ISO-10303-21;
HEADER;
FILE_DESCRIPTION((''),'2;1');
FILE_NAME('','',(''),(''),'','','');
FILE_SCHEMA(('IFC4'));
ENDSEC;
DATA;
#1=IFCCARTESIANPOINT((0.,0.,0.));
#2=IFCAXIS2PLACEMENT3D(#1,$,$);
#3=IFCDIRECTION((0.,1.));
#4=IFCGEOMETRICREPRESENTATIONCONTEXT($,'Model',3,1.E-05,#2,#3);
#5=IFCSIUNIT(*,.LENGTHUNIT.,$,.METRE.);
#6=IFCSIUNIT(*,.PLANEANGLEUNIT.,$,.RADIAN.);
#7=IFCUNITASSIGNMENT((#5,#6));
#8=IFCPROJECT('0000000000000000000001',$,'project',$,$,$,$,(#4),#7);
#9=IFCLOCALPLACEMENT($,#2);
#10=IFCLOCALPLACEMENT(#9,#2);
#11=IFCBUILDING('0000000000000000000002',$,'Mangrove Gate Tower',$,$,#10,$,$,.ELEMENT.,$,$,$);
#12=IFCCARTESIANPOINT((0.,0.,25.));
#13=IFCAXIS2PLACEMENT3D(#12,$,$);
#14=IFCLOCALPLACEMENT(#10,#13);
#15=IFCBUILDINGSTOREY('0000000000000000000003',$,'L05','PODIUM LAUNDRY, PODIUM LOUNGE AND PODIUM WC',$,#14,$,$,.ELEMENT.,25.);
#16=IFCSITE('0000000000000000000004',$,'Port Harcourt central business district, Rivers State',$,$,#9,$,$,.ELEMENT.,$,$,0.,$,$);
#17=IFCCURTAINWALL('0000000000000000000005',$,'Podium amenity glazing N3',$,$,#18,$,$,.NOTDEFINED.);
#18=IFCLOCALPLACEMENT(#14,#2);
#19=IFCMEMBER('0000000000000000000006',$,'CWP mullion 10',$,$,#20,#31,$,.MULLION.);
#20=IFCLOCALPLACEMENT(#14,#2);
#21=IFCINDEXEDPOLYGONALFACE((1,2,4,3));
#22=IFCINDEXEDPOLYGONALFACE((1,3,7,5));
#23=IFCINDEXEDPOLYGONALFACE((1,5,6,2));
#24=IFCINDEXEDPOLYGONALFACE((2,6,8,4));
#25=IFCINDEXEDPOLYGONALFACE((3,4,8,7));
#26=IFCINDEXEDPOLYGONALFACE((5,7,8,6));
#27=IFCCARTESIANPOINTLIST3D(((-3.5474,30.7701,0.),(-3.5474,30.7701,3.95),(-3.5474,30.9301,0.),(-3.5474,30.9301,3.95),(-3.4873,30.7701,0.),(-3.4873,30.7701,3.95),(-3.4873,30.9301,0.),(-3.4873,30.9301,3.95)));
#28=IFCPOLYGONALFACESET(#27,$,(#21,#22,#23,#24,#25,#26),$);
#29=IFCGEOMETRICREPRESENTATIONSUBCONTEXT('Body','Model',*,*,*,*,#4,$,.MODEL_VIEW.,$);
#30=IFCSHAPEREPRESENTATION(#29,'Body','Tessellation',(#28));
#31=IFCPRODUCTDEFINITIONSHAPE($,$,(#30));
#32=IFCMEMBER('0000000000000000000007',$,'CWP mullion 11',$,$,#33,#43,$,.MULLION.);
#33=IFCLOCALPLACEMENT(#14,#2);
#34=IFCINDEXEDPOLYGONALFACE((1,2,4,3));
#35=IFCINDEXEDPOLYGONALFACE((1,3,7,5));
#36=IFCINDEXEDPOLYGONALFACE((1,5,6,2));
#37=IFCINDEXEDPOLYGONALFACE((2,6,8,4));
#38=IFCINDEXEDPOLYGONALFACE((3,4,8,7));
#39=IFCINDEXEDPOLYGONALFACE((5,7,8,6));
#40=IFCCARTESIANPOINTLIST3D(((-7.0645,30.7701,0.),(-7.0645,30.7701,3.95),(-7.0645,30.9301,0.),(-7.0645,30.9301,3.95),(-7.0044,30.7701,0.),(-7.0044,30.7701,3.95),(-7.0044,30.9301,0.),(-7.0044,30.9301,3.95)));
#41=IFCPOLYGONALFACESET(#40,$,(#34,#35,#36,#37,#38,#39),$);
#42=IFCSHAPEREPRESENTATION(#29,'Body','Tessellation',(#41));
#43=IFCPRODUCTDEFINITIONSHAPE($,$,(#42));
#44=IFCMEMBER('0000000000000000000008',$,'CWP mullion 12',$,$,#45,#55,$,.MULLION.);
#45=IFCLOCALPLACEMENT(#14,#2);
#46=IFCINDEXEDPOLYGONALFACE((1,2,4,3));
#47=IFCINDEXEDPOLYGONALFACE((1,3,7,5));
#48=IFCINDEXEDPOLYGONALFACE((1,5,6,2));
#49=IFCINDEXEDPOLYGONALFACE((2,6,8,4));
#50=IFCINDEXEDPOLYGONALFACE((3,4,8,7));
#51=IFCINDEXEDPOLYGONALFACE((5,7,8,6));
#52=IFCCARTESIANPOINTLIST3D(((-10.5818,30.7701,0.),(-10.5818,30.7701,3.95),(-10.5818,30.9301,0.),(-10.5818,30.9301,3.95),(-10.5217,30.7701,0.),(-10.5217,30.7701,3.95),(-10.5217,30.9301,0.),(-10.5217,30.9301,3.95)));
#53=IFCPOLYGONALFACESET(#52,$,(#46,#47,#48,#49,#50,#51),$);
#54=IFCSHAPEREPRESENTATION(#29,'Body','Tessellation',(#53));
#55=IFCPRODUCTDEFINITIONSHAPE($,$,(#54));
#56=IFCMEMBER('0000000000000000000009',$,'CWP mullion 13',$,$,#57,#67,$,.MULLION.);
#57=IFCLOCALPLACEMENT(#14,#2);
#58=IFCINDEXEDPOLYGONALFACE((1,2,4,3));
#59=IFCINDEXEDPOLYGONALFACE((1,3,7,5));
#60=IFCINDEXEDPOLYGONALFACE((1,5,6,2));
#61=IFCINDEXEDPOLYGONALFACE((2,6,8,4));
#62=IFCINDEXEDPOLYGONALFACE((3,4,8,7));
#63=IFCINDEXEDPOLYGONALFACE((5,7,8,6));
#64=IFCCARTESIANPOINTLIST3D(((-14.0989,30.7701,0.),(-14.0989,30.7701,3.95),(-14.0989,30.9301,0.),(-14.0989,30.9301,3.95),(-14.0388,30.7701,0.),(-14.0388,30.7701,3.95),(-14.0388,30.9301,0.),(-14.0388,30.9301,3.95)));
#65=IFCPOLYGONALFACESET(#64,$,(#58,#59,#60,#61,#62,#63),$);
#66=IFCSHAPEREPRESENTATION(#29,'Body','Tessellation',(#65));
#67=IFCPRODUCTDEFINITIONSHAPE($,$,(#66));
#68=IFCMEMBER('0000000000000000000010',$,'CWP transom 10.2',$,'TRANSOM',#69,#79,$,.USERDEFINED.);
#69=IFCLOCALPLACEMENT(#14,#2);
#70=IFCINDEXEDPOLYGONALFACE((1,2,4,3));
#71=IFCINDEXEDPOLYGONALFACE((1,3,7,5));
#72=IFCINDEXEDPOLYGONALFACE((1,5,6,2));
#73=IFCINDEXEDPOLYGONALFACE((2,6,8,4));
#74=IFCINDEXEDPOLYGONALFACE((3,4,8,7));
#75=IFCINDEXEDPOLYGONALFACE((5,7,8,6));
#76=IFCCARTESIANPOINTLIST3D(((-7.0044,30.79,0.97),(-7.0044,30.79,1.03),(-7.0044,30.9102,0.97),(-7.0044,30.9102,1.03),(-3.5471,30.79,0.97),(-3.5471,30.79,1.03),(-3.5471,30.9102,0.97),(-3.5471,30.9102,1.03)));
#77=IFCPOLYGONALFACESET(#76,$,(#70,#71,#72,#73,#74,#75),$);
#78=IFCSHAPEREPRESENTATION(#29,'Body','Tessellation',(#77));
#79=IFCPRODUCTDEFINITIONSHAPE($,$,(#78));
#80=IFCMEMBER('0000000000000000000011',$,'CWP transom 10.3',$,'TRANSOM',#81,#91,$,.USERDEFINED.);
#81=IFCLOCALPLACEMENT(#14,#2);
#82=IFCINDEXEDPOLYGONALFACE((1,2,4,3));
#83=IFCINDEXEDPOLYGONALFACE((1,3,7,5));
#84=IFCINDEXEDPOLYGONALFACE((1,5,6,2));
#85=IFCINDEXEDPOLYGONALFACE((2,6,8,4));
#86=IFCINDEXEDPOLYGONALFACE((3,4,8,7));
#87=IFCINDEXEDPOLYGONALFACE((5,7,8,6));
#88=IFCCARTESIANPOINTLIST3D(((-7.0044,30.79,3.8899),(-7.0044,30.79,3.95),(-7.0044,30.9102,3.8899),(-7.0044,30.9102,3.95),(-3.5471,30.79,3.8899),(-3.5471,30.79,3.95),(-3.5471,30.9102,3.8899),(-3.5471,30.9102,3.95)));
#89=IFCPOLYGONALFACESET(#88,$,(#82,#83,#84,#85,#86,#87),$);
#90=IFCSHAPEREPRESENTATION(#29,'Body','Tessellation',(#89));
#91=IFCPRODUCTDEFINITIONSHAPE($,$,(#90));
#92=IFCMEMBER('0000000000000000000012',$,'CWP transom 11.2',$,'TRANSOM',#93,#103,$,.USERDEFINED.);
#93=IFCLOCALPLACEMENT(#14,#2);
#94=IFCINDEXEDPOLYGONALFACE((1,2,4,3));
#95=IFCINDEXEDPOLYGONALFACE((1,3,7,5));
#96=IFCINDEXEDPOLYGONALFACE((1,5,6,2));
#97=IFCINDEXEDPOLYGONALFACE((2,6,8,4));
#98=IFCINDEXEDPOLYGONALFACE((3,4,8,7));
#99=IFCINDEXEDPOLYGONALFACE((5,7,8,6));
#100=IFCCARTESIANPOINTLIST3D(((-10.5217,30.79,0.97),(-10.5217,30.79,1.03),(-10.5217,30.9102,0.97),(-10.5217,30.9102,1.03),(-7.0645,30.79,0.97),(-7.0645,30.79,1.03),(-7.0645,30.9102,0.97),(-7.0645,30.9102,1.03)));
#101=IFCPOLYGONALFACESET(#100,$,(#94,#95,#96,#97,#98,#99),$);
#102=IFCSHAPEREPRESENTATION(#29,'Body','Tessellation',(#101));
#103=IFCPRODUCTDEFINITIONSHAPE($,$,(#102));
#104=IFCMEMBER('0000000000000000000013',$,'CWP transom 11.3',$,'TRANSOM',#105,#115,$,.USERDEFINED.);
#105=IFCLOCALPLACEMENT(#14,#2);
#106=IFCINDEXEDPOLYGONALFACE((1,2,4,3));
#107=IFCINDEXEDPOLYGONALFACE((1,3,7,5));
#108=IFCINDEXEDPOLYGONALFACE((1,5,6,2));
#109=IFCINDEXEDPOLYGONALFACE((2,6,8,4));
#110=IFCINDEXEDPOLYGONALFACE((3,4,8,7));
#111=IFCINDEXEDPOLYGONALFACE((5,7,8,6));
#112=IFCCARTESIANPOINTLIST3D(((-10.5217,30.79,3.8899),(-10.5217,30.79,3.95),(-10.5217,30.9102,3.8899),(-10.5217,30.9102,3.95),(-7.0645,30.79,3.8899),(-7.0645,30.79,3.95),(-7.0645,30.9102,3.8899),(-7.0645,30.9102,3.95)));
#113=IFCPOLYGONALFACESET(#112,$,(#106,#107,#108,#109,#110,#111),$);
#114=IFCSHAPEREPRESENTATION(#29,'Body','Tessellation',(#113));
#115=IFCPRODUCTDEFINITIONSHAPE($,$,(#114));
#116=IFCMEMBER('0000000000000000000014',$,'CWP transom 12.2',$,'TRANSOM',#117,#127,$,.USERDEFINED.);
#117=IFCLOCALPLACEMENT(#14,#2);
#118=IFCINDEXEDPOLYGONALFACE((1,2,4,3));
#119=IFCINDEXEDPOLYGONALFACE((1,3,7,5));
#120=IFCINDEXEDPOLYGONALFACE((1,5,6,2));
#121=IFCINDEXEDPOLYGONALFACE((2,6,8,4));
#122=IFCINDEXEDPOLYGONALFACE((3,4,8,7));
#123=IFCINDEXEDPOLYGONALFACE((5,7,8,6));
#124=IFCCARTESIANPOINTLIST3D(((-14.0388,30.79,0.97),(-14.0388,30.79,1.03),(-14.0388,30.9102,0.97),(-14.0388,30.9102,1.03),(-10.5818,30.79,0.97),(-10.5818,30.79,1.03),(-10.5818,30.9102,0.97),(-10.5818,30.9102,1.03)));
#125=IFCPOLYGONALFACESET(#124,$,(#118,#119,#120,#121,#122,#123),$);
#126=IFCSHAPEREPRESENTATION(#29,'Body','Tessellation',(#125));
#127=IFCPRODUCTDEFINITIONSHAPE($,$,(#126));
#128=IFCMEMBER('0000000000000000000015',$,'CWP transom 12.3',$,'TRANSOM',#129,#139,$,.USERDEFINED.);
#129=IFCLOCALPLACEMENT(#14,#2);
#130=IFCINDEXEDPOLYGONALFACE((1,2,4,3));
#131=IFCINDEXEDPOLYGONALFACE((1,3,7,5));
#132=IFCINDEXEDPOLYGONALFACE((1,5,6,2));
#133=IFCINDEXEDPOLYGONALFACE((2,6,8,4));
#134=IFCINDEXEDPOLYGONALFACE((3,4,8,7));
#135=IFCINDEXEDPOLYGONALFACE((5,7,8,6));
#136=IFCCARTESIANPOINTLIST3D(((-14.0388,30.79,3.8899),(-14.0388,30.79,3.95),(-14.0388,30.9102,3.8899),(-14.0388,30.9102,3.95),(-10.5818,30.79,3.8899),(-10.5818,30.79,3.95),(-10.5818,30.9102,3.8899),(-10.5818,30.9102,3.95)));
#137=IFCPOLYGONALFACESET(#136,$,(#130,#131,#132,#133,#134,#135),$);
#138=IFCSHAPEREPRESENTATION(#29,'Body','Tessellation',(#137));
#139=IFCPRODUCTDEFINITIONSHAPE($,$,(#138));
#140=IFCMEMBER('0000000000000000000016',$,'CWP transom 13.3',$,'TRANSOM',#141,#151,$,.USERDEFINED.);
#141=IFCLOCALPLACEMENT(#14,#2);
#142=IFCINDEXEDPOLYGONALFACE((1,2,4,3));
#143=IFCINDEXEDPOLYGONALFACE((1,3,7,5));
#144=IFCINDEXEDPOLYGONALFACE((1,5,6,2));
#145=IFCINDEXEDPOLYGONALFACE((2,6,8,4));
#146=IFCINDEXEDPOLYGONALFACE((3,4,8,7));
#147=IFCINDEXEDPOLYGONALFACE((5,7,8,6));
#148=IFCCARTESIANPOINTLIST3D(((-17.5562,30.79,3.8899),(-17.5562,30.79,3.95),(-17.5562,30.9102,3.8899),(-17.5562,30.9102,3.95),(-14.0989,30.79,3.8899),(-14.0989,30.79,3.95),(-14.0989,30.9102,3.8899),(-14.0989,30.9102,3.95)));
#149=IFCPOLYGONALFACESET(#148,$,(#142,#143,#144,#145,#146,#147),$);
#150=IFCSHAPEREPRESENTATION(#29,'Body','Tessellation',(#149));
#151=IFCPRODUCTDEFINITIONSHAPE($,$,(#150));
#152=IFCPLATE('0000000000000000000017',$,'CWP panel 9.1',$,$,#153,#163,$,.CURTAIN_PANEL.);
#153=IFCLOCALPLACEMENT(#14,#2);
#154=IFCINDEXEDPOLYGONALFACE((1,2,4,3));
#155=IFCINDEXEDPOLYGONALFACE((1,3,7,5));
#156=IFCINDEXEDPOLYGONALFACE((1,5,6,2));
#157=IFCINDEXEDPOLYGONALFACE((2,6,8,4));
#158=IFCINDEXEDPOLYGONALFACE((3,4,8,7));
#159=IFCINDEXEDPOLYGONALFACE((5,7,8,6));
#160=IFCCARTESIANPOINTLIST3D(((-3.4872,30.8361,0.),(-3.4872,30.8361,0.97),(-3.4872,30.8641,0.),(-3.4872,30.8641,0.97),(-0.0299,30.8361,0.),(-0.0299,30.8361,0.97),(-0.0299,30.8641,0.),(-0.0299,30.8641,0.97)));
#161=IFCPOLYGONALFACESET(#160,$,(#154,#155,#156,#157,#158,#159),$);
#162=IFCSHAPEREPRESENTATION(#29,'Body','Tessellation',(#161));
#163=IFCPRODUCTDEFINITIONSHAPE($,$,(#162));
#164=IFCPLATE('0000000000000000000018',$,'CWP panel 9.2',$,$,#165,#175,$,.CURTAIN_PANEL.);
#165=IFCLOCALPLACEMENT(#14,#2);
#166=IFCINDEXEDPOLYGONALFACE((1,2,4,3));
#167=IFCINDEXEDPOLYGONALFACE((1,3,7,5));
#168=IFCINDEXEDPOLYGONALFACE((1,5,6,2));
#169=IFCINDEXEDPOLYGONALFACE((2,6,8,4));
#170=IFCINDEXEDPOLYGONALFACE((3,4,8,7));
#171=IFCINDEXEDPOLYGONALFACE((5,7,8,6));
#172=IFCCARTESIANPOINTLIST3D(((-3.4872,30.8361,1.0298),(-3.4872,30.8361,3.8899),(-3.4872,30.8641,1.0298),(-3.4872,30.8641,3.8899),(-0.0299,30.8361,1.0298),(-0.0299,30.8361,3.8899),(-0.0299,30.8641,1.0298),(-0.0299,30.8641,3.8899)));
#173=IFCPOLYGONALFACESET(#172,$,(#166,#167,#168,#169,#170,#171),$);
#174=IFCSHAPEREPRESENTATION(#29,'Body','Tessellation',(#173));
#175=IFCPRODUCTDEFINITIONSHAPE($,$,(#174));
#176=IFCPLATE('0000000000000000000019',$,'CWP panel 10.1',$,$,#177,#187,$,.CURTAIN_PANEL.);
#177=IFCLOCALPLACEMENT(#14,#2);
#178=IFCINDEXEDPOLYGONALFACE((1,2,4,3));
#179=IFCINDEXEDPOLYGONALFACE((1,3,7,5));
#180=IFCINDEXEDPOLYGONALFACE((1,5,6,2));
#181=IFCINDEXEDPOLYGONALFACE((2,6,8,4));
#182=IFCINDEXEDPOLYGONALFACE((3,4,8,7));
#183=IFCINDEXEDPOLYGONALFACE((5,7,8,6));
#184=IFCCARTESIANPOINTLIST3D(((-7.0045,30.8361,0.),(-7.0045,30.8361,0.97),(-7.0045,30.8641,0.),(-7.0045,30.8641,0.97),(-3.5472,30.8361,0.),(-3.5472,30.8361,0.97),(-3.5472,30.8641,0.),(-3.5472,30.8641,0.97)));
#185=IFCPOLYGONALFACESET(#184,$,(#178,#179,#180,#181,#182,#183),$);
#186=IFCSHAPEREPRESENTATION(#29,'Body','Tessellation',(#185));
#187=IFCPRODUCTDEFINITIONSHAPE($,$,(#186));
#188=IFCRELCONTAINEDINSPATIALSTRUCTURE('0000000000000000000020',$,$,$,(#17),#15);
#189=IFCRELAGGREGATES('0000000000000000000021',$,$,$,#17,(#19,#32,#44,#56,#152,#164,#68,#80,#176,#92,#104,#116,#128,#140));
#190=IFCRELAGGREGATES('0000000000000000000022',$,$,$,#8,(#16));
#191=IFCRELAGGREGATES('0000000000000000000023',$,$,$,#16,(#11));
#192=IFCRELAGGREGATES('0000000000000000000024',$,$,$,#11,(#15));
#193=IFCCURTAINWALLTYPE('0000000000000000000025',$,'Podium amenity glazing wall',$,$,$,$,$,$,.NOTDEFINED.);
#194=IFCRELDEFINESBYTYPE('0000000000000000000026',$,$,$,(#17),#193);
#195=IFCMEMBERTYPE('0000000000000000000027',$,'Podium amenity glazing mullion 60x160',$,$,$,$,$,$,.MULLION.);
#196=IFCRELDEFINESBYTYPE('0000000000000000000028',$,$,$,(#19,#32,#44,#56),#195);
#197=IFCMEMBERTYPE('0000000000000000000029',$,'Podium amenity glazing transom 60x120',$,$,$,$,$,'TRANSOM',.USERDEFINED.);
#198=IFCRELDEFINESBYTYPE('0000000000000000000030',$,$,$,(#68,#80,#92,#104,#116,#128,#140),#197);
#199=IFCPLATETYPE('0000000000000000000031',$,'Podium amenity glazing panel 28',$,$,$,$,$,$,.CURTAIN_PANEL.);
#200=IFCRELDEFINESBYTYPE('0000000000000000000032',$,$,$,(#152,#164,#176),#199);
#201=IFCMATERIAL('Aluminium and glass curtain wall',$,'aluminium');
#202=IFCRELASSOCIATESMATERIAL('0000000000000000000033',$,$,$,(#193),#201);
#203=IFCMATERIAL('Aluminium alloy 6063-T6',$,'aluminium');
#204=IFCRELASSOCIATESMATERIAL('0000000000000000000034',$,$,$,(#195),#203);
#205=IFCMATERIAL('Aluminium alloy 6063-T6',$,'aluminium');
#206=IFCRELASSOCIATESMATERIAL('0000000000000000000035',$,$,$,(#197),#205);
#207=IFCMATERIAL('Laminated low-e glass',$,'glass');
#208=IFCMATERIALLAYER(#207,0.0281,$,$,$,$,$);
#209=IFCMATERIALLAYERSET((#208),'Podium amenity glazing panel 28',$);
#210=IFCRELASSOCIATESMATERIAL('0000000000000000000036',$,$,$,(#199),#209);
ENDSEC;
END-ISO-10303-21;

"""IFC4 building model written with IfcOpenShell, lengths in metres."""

from ifc_helpers import new_model, si_unit, direction, frame, origin, origin_2d, place, context, subcontext, project, spatial, rectangle, extrude, material, layer, layer_set, material_profile, profile_set, type_object, element, aggregate, save


model = new_model("IFC4")

# Units and contexts
model_context = context("Model", 3, precision=1e-05, world=origin(), true_north=direction((0.0, 1.0)))
body_context = subcontext(model_context, "Body", "Model", "MODEL_VIEW")
ifc_project = project(units=[si_unit("LENGTHUNIT", "METRE"), si_unit("PLANEANGLEUNIT", "RADIAN")], contexts=[model_context])

# Site, building, storey
site_placement = place(None, origin())
site = spatial("IfcSite", under=ifc_project, at=site_placement, Name="Port Harcourt central business district, Rivers State", CompositionType="ELEMENT", RefElevation=0.0)
building_placement = place(site_placement, origin())
building = spatial("IfcBuilding", under=site, at=building_placement, Name="Mangrove Gate Tower", CompositionType="ELEMENT")
storey_placement = place(building_placement, frame((0.0, 0.0, 25.0)))
storey = spatial("IfcBuildingStorey", under=building, at=storey_placement, Name="L05", Description="PODIUM LAUNDRY, PODIUM LOUNGE AND PODIUM WC", CompositionType="ELEMENT", Elevation=25.0)

# Curtain wall, members, plates
ifc_material_1 = material(Name="Aluminium and glass curtain wall", Category="aluminium")
curtain_wall_type = type_object("IfcCurtainWallType", Name="Podium amenity glazing wall", PredefinedType="NOTDEFINED", material=ifc_material_1)
curtain_wall_placement = place(storey_placement, origin())
curtain_wall = element("IfcCurtainWall", 1, at=curtain_wall_placement, inside=storey, type_object=curtain_wall_type, Name="Podium amenity glazing N3", PredefinedType="NOTDEFINED")
ifc_material_2 = material(Name="Aluminium alloy 6063-T6", Category="aluminium")
ifc_material_profile_1 = material_profile(ifc_material_2, rectangle(XDim=0.0601, YDim=0.1599, at=origin_2d()))
ifc_profile_set_1 = profile_set([ifc_material_profile_1], Name="Aluminium alloy 6063-T6")
member_type_1 = type_object("IfcMemberType", Name="Podium amenity glazing mullion 60x160", PredefinedType="MULLION", material=ifc_profile_set_1)
member_1_placement = place(storey_placement, frame((-3.5173, 30.8501, 0.0), z_axis=(0.0, 0.0, 1.0), x_axis=(-1.0, 0.0, 0.0)))
member_1 = element("IfcMember", 2, at=member_1_placement, type_object=member_type_1, Name="CWP mullion 10", PredefinedType="MULLION", context=body_context, shape_type="SweptSolid", body=[
    extrude(rectangle(XDim=0.0601, YDim=0.1599, at=origin_2d()), origin(), (0.0, 0.0, 1.0), 3.95),
])
member_2_placement = place(storey_placement, frame((-7.0344, 30.8501, 0.0), z_axis=(0.0, 0.0, 1.0), x_axis=(-1.0, 0.0, 0.0)))
member_2 = element("IfcMember", 3, at=member_2_placement, type_object=member_type_1, Name="CWP mullion 11", PredefinedType="MULLION", context=body_context, shape_type="SweptSolid", body=[
    extrude(rectangle(XDim=0.0601, YDim=0.1599, at=origin_2d()), origin(), (0.0, 0.0, 1.0), 3.95),
])
member_3_placement = place(storey_placement, frame((-10.5518, 30.8501, 0.0), z_axis=(0.0, 0.0, 1.0), x_axis=(-1.0, 0.0, 0.0)))
member_3 = element("IfcMember", 4, at=member_3_placement, type_object=member_type_1, Name="CWP mullion 12", PredefinedType="MULLION", context=body_context, shape_type="SweptSolid", body=[
    extrude(rectangle(XDim=0.0601, YDim=0.1599, at=origin_2d()), origin(), (0.0, 0.0, 1.0), 3.95),
])
member_4_placement = place(storey_placement, frame((-14.0688, 30.8501, 0.0), z_axis=(0.0, 0.0, 1.0), x_axis=(-1.0, 0.0, 0.0)))
member_4 = element("IfcMember", 5, at=member_4_placement, type_object=member_type_1, Name="CWP mullion 13", PredefinedType="MULLION", context=body_context, shape_type="SweptSolid", body=[
    extrude(rectangle(XDim=0.0601, YDim=0.1599, at=origin_2d()), origin(), (0.0, 0.0, 1.0), 3.95),
])
ifc_material_3 = material(Name="Aluminium alloy 6063-T6", Category="aluminium")
ifc_material_profile_2 = material_profile(ifc_material_3, rectangle(XDim=0.0601, YDim=0.1201, at=origin_2d()))
ifc_profile_set_2 = profile_set([ifc_material_profile_2], Name="Aluminium alloy 6063-T6")
member_type_2 = type_object("IfcMemberType", Name="Podium amenity glazing transom 60x120", ElementType="TRANSOM", PredefinedType="USERDEFINED", material=ifc_profile_set_2)
member_5_placement = place(storey_placement, frame((-3.5471, 30.8501, 1.0), z_axis=(-1.0, 0.0, 0.0), x_axis=(0.0, 0.0, 1.0)))
member_5 = element("IfcMember", 6, at=member_5_placement, type_object=member_type_2, Name="CWP transom 10.2", ObjectType="TRANSOM", PredefinedType="USERDEFINED", context=body_context, shape_type="SweptSolid", body=[
    extrude(rectangle(XDim=0.0601, YDim=0.1201, at=origin_2d()), origin(), (0.0, 0.0, 1.0), 3.4573),
])
member_6_placement = place(storey_placement, frame((-3.5471, 30.8501, 3.9199), z_axis=(-1.0, 0.0, 0.0), x_axis=(0.0, 0.0, 1.0)))
member_6 = element("IfcMember", 7, at=member_6_placement, type_object=member_type_2, Name="CWP transom 10.3", ObjectType="TRANSOM", PredefinedType="USERDEFINED", context=body_context, shape_type="SweptSolid", body=[
    extrude(rectangle(XDim=0.0601, YDim=0.1201, at=origin_2d()), origin(), (0.0, 0.0, 1.0), 3.4573),
])
member_7_placement = place(storey_placement, frame((-7.0645, 30.8501, 1.0), z_axis=(-1.0, 0.0, 0.0), x_axis=(0.0, 0.0, 1.0)))
member_7 = element("IfcMember", 8, at=member_7_placement, type_object=member_type_2, Name="CWP transom 11.2", ObjectType="TRANSOM", PredefinedType="USERDEFINED", context=body_context, shape_type="SweptSolid", body=[
    extrude(rectangle(XDim=0.0601, YDim=0.1201, at=origin_2d()), origin(), (0.0, 0.0, 1.0), 3.4573),
])
member_8_placement = place(storey_placement, frame((-7.0645, 30.8501, 3.9199), z_axis=(-1.0, 0.0, 0.0), x_axis=(0.0, 0.0, 1.0)))
member_8 = element("IfcMember", 9, at=member_8_placement, type_object=member_type_2, Name="CWP transom 11.3", ObjectType="TRANSOM", PredefinedType="USERDEFINED", context=body_context, shape_type="SweptSolid", body=[
    extrude(rectangle(XDim=0.0601, YDim=0.1201, at=origin_2d()), origin(), (0.0, 0.0, 1.0), 3.4573),
])
member_9_placement = place(storey_placement, frame((-10.5818, 30.8501, 1.0), z_axis=(-1.0, 0.0, 0.0), x_axis=(0.0, 0.0, 1.0)))
member_9 = element("IfcMember", 10, at=member_9_placement, type_object=member_type_2, Name="CWP transom 12.2", ObjectType="TRANSOM", PredefinedType="USERDEFINED", context=body_context, shape_type="SweptSolid", body=[
    extrude(rectangle(XDim=0.0601, YDim=0.1201, at=origin_2d()), origin(), (0.0, 0.0, 1.0), 3.457),
])
member_10_placement = place(storey_placement, frame((-10.5818, 30.8501, 3.9199), z_axis=(-1.0, 0.0, 0.0), x_axis=(0.0, 0.0, 1.0)))
member_10 = element("IfcMember", 11, at=member_10_placement, type_object=member_type_2, Name="CWP transom 12.3", ObjectType="TRANSOM", PredefinedType="USERDEFINED", context=body_context, shape_type="SweptSolid", body=[
    extrude(rectangle(XDim=0.0601, YDim=0.1201, at=origin_2d()), origin(), (0.0, 0.0, 1.0), 3.457),
])
member_11_placement = place(storey_placement, frame((-14.0989, 30.8501, 3.9199), z_axis=(-1.0, 0.0, 0.0), x_axis=(0.0, 0.0, 1.0)))
member_11 = element("IfcMember", 12, at=member_11_placement, type_object=member_type_2, Name="CWP transom 13.3", ObjectType="TRANSOM", PredefinedType="USERDEFINED", context=body_context, shape_type="SweptSolid", body=[
    extrude(rectangle(XDim=0.0601, YDim=0.1201, at=origin_2d()), origin(), (0.0, 0.0, 1.0), 3.4573),
])
ifc_material_4 = material(Name="Laminated low-e glass", Category="glass")
ifc_layer = layer(ifc_material_4, 0.0281)
ifc_layer_set = layer_set([ifc_layer], Name="Podium amenity glazing panel 28")
plate_type = type_object("IfcPlateType", Name="Podium amenity glazing panel 28", PredefinedType="CURTAIN_PANEL", material=ifc_layer_set)
plate_1_placement = place(storey_placement, frame((-1.7585, 30.8501, 0.0), z_axis=(0.0, 0.0, 1.0), x_axis=(-1.0, 0.0, 0.0)))
plate_1 = element("IfcPlate", 13, at=plate_1_placement, type_object=plate_type, Name="CWP panel 9.1", PredefinedType="CURTAIN_PANEL", context=body_context, shape_type="SweptSolid", body=[
    extrude(rectangle(XDim=3.4573, YDim=0.0281, at=origin_2d()), origin(), (0.0, 0.0, 1.0), 0.97),
])
plate_2_placement = place(storey_placement, frame((-1.7585, 30.8501, 1.0298), z_axis=(0.0, 0.0, 1.0), x_axis=(-1.0, 0.0, 0.0)))
plate_2 = element("IfcPlate", 14, at=plate_2_placement, type_object=plate_type, Name="CWP panel 9.2", PredefinedType="CURTAIN_PANEL", context=body_context, shape_type="SweptSolid", body=[
    extrude(rectangle(XDim=3.4573, YDim=0.0281, at=origin_2d()), origin(), (0.0, 0.0, 1.0), 2.8601),
])
plate_3_placement = place(storey_placement, frame((-5.2759, 30.8501, 0.0), z_axis=(0.0, 0.0, 1.0), x_axis=(-1.0, 0.0, 0.0)))
plate_3 = element("IfcPlate", 15, at=plate_3_placement, type_object=plate_type, Name="CWP panel 10.1", PredefinedType="CURTAIN_PANEL", context=body_context, shape_type="SweptSolid", body=[
    extrude(rectangle(XDim=3.4573, YDim=0.0281, at=origin_2d()), origin(), (0.0, 0.0, 1.0), 0.97),
])
aggregate(curtain_wall, [member_1, member_2, member_3, member_4, plate_1, plate_2, member_5, member_6, plate_3, member_7, member_8, member_9, member_10, member_11])

save(model, "model.ifc")
